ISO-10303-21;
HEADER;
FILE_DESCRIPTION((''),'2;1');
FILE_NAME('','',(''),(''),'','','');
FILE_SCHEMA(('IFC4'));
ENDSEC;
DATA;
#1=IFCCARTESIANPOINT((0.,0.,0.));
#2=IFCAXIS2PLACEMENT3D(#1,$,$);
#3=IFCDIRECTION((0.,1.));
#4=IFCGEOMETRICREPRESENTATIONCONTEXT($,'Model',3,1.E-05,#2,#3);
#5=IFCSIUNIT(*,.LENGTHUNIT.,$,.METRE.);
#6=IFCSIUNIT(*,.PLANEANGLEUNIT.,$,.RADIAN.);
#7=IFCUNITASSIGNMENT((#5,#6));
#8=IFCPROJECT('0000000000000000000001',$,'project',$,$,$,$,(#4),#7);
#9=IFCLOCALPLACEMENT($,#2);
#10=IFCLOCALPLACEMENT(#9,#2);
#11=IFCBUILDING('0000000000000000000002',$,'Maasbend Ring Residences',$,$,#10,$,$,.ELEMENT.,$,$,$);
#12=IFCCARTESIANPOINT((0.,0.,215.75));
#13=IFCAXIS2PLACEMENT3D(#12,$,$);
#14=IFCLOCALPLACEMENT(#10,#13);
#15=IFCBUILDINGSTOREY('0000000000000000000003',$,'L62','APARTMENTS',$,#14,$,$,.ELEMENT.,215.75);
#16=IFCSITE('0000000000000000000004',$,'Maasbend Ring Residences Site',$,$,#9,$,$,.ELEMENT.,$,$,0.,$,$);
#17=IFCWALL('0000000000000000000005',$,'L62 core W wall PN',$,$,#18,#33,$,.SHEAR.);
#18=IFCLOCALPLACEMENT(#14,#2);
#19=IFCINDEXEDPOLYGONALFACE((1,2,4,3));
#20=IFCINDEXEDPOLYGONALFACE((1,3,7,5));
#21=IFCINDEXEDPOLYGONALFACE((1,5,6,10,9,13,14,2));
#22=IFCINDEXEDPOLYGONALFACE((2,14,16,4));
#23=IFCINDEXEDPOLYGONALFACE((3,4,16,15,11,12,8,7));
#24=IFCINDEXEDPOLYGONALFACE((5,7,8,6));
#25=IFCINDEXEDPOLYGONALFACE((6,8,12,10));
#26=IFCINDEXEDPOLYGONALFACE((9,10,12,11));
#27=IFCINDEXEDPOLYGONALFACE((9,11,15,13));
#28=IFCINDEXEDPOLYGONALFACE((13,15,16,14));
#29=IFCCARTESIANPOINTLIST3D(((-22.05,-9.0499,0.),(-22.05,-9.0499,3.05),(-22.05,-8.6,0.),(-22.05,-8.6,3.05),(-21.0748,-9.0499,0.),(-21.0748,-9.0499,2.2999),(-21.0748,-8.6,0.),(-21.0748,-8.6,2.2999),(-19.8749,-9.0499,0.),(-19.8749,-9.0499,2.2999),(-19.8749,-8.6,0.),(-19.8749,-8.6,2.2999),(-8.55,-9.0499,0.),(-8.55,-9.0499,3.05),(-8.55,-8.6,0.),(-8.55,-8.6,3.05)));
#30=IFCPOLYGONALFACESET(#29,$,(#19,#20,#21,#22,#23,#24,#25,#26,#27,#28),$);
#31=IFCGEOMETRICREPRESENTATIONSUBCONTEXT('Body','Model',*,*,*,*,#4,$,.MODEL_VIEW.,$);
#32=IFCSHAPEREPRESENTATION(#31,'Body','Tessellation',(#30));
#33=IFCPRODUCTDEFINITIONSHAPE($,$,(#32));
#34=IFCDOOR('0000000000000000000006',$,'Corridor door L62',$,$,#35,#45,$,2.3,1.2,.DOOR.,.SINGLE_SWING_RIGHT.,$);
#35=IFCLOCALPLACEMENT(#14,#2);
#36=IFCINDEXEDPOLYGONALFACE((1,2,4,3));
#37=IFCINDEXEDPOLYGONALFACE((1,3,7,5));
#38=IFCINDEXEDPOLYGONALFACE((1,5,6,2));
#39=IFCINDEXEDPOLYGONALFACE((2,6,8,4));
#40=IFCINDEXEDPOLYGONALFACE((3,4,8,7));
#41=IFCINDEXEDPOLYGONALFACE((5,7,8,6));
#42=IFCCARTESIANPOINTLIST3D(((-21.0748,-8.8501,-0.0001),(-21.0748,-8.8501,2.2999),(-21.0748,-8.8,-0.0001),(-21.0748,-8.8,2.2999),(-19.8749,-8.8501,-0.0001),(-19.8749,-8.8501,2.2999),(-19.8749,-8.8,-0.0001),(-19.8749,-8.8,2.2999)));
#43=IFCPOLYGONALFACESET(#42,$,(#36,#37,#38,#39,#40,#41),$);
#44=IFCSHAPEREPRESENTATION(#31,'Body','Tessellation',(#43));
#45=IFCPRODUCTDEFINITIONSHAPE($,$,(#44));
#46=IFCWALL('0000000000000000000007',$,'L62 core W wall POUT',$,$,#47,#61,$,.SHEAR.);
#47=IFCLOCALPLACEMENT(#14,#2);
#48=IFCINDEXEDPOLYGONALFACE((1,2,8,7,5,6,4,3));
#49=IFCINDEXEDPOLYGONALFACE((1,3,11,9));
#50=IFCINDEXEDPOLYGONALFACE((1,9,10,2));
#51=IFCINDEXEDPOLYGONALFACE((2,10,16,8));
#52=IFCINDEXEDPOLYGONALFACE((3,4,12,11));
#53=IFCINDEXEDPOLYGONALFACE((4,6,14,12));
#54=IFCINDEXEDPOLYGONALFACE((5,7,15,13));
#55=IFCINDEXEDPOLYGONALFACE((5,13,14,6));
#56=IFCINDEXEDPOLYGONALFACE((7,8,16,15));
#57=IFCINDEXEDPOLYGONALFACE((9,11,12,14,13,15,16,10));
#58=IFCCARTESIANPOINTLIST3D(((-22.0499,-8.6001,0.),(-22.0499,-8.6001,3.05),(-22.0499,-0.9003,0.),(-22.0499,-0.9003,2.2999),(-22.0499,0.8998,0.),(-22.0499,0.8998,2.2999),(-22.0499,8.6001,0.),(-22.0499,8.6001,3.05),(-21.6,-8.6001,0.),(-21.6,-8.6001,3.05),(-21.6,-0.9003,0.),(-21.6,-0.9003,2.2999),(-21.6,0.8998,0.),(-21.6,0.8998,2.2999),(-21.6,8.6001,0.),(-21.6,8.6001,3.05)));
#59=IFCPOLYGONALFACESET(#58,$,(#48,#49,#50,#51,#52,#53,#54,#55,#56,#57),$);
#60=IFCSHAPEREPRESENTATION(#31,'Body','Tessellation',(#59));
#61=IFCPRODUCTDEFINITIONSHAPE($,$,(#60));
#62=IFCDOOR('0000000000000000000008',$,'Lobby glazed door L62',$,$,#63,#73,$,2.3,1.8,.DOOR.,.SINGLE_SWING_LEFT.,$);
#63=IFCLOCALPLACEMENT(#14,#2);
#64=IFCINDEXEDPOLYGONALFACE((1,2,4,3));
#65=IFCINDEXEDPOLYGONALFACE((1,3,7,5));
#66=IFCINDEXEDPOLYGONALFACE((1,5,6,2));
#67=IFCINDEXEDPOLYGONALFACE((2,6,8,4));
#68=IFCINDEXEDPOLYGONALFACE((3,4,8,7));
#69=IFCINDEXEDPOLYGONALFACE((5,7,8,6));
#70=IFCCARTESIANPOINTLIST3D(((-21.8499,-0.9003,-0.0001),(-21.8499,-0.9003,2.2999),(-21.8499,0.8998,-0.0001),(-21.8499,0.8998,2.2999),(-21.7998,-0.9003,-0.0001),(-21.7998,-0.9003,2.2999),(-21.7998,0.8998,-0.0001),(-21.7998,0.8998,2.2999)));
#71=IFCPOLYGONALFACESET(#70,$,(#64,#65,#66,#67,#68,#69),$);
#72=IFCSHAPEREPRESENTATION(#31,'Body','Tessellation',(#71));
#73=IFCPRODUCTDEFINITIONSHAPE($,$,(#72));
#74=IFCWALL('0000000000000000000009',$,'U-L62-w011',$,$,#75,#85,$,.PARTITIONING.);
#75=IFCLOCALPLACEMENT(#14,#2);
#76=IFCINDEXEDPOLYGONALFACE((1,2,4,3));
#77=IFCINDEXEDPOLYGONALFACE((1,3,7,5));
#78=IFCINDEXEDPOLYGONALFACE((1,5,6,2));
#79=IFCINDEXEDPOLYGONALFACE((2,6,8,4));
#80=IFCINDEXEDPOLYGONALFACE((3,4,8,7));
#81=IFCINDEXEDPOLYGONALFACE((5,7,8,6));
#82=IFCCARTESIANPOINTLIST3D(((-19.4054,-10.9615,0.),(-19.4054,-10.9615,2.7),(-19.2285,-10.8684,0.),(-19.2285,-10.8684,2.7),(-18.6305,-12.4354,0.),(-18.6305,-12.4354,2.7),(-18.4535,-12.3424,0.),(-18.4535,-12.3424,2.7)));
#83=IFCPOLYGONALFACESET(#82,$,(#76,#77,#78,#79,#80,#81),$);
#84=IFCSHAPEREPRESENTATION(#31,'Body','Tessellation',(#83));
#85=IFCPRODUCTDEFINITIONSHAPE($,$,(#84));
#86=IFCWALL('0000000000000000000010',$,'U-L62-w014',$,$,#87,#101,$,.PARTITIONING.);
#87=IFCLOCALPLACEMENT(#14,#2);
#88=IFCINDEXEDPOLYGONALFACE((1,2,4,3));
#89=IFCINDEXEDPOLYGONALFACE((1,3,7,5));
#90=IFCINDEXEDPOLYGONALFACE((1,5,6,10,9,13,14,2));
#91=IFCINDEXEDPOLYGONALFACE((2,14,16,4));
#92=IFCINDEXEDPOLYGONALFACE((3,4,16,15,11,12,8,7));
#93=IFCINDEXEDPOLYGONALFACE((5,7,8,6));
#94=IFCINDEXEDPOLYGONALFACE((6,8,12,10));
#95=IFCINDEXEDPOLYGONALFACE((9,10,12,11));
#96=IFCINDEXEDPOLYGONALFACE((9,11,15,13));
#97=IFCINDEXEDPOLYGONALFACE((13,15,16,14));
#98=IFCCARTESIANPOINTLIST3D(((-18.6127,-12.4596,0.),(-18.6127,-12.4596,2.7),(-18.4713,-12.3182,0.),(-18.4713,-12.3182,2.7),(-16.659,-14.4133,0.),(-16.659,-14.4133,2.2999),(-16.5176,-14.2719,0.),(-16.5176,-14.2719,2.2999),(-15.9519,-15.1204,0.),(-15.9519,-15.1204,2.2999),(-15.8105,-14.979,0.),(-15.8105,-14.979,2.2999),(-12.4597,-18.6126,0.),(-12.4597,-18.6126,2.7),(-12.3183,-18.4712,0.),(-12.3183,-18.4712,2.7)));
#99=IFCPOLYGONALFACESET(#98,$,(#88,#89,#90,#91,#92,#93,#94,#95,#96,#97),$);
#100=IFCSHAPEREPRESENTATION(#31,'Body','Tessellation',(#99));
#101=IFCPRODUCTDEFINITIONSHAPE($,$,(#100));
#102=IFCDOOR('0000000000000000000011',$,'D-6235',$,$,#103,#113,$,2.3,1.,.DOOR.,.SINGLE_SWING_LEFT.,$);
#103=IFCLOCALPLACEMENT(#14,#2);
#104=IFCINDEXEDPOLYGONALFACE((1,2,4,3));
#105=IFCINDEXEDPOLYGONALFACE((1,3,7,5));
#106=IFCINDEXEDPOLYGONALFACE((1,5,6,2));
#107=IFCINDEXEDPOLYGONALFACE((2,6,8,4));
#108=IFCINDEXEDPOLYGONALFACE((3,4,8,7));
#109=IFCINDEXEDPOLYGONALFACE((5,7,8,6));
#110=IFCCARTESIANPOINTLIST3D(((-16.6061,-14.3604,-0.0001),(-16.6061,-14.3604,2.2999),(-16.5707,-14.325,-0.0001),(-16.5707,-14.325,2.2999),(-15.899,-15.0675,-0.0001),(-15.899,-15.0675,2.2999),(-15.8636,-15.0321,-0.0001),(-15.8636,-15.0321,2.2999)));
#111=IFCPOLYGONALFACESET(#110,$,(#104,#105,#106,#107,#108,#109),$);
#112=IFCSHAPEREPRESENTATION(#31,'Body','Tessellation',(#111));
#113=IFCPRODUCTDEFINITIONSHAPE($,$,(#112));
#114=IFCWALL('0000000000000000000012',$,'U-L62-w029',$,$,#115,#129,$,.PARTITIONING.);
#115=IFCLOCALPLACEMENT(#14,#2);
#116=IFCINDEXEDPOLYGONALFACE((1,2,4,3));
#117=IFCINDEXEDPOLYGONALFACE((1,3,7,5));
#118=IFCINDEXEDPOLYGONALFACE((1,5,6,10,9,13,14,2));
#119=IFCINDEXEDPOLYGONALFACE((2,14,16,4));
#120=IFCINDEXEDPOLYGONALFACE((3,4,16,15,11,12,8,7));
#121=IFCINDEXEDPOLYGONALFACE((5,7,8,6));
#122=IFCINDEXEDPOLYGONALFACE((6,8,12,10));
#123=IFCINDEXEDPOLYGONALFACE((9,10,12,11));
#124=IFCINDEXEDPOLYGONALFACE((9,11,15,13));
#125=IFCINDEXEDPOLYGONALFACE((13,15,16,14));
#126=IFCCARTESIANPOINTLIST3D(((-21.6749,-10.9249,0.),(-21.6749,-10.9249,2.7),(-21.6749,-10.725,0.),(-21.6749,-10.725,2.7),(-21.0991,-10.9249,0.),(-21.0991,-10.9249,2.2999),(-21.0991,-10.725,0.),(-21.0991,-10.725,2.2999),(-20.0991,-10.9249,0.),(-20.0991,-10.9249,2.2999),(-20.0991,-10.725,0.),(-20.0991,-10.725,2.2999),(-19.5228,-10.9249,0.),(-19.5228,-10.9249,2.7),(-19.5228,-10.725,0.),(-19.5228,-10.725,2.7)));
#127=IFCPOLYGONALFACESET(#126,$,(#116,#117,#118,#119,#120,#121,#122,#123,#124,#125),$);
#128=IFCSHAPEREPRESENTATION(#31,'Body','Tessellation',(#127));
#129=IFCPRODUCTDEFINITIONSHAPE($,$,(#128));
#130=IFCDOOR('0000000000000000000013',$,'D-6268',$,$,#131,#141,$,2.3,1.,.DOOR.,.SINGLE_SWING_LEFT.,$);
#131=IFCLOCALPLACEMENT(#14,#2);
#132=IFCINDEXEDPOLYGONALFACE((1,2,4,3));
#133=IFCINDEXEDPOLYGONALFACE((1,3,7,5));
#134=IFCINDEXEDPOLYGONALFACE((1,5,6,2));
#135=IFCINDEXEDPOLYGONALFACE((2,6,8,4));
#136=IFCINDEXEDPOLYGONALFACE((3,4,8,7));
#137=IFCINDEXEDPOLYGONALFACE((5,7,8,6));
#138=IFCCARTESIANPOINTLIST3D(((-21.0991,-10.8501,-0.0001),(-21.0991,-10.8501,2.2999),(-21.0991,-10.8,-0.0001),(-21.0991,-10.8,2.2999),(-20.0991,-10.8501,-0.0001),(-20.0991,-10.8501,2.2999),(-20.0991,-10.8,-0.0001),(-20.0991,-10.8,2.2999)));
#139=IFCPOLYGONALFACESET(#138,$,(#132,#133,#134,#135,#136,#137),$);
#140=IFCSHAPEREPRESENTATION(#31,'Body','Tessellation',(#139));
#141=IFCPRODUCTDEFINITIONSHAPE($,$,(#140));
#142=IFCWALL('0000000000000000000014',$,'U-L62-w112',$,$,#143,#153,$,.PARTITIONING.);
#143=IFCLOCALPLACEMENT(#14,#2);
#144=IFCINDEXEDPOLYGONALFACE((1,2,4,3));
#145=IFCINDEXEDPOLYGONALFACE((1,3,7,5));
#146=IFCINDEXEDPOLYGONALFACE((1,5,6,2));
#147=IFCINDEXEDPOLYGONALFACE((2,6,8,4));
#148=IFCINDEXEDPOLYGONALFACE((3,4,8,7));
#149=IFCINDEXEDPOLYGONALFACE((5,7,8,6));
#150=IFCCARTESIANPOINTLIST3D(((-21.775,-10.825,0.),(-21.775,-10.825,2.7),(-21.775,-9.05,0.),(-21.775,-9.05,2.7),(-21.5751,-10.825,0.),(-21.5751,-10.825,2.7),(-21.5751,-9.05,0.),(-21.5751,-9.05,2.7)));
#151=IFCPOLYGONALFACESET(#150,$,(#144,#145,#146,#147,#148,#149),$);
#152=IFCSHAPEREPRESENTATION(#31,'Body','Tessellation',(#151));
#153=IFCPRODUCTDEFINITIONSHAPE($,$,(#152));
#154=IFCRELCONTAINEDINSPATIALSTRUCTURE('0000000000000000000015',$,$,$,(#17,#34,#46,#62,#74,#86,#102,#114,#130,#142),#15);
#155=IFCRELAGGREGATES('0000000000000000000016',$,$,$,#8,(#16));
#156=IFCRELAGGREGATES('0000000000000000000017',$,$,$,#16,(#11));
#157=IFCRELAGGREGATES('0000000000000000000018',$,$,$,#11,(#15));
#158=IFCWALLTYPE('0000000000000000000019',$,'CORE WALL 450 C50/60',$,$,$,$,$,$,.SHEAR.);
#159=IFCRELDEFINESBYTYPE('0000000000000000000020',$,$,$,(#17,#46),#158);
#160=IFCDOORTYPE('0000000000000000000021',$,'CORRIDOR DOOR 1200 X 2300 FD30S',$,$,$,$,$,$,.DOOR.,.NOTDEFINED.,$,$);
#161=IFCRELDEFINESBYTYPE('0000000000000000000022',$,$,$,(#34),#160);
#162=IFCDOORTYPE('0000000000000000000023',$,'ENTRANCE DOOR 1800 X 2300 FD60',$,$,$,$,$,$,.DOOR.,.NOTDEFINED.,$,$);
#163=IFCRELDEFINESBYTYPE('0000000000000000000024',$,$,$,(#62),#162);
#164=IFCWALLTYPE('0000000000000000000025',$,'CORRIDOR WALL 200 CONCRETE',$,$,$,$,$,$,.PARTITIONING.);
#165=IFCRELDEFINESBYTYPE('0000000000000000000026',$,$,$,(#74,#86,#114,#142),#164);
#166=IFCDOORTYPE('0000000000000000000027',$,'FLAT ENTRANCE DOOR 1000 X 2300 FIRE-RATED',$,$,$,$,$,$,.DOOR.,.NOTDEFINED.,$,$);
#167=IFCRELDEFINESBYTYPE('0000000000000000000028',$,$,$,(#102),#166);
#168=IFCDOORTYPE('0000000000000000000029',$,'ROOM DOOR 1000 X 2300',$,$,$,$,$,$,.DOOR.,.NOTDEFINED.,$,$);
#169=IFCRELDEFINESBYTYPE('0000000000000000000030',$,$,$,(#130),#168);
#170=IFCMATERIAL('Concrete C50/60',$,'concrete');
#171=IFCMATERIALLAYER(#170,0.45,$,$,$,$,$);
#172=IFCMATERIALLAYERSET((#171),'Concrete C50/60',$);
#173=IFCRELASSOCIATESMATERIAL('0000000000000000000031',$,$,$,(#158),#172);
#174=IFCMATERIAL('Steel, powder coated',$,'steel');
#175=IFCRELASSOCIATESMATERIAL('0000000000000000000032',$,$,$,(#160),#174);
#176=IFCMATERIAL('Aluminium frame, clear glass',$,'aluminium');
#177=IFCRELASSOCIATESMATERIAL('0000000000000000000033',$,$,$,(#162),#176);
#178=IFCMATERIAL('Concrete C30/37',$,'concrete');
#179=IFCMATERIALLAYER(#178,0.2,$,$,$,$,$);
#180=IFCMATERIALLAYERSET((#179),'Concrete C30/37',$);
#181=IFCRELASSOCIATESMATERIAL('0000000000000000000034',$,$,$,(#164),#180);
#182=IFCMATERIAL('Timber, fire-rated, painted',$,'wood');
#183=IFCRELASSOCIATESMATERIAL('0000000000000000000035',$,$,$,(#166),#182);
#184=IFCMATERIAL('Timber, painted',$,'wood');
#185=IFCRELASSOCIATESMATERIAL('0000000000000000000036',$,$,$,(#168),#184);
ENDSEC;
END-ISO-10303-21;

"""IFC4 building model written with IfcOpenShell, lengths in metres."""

from ifc_helpers import new_model, si_unit, direction, frame, frame_2d, origin, place, context, subcontext, project, spatial, rectangle, extrude, material, layer, layer_set, type_object, element, fill, save


model = new_model("IFC4")

# Units and contexts
model_context = context("Model", 3, precision=1e-05, world=origin(), true_north=direction((0.0, 1.0)))
body_context = subcontext(model_context, "Body", "Model", "MODEL_VIEW")
ifc_project = project(units=[si_unit("LENGTHUNIT", "METRE"), si_unit("PLANEANGLEUNIT", "RADIAN")], contexts=[model_context])

# Site, building, storey
site_placement = place(None, origin())
site = spatial("IfcSite", under=ifc_project, at=site_placement, Name="Maasbend Ring Residences Site", CompositionType="ELEMENT", RefElevation=0.0)
building_placement = place(site_placement, origin())
building = spatial("IfcBuilding", under=site, at=building_placement, Name="Maasbend Ring Residences", CompositionType="ELEMENT")
storey_placement = place(building_placement, frame((0.0, 0.0, 215.75)))
storey = spatial("IfcBuildingStorey", under=building, at=storey_placement, Name="L62", Description="APARTMENTS", CompositionType="ELEMENT", Elevation=215.75)

# Walls, openings, doors
ifc_material_1 = material(Name="Concrete C50/60", Category="concrete")
ifc_layer_1 = layer(ifc_material_1, 0.45)
ifc_layer_set_1 = layer_set([ifc_layer_1], Name="Concrete C50/60")
wall_type_1 = type_object("IfcWallType", Name="CORE WALL 450 C50/60", PredefinedType="SHEAR", material=ifc_layer_set_1)
wall_1_placement = place(storey_placement, frame((-22.05, -8.825, 0.0), z_axis=(0.0, 0.0, 1.0), x_axis=(1.0, 0.0, 0.0)))
wall_1 = element("IfcWall", 1, at=wall_1_placement, inside=storey, type_object=wall_type_1, Name="L62 core W wall PN", PredefinedType="SHEAR", context=body_context, shape_type="SweptSolid", body=[
    extrude(rectangle(XDim=13.5, YDim=0.45, at=frame_2d((6.75, 0.0))), origin(), (0.0, 0.0, 1.0), 3.05),
])
opening_1_placement = place(wall_1_placement, frame((0.9751, 0.0, 0.0)))
opening_1 = element("IfcOpeningElement", 2, at=opening_1_placement, cuts=wall_1, PredefinedType="OPENING", context=body_context, shape_type="SweptSolid", body=[
    extrude(rectangle(XDim=1.2, YDim=2.3, at=frame_2d((0.6001, 1.1499))), frame((0.0, 0.2349, 0.0), z_axis=(0.0, -1.0, 0.0), x_axis=(1.0, 0.0, 0.0)), (0.0, 0.0, 1.0), 0.47),
])
ifc_material_2 = material(Name="Steel, powder coated", Category="steel")
door_type_1 = type_object("IfcDoorType", Name="CORRIDOR DOOR 1200 X 2300 FD30S", OperationType="NOTDEFINED", PredefinedType="DOOR", material=ifc_material_2)
door_1_placement = place(opening_1_placement, origin())
door_1 = element("IfcDoor", 3, at=door_1_placement, inside=storey, type_object=door_type_1, Name="Corridor door L62", OperationType="SINGLE_SWING_RIGHT", OverallHeight=2.3, OverallWidth=1.2, PredefinedType="DOOR", context=body_context, shape_type="SweptSolid", body=[
    extrude(rectangle(XDim=1.2, YDim=2.3, at=frame_2d((0.6001, 1.1499))), frame((0.0, 0.0249, 0.0), z_axis=(0.0, -1.0, 0.0), x_axis=(1.0, 0.0, 0.0)), (0.0, 0.0, 1.0), 0.05),
])
fill(opening_1, door_1)
wall_2_placement = place(storey_placement, frame((-21.825, -8.6001, 0.0), z_axis=(0.0, 0.0, 1.0), x_axis=(0.0, 1.0, 0.0)))
wall_2 = element("IfcWall", 4, at=wall_2_placement, inside=storey, type_object=wall_type_1, Name="L62 core W wall POUT", PredefinedType="SHEAR", context=body_context, shape_type="SweptSolid", body=[
    extrude(rectangle(XDim=17.2002, YDim=0.45, at=frame_2d((8.6001, 0.0))), origin(), (0.0, 0.0, 1.0), 3.05),
])
opening_2_placement = place(wall_2_placement, frame((7.7, 0.0, 0.0)))
opening_2 = element("IfcOpeningElement", 5, at=opening_2_placement, cuts=wall_2, PredefinedType="OPENING", context=body_context, shape_type="SweptSolid", body=[
    extrude(rectangle(XDim=1.8, YDim=2.3, at=frame_2d((0.8999, 1.1499))), frame((0.0, 0.2349, 0.0), z_axis=(0.0, -1.0, 0.0), x_axis=(1.0, 0.0, 0.0)), (0.0, 0.0, 1.0), 0.47),
])
ifc_material_3 = material(Name="Aluminium frame, clear glass", Category="aluminium")
door_type_2 = type_object("IfcDoorType", Name="ENTRANCE DOOR 1800 X 2300 FD60", OperationType="NOTDEFINED", PredefinedType="DOOR", material=ifc_material_3)
door_2_placement = place(opening_2_placement, origin())
door_2 = element("IfcDoor", 6, at=door_2_placement, inside=storey, type_object=door_type_2, Name="Lobby glazed door L62", OperationType="SINGLE_SWING_LEFT", OverallHeight=2.3, OverallWidth=1.8, PredefinedType="DOOR", context=body_context, shape_type="SweptSolid", body=[
    extrude(rectangle(XDim=1.8, YDim=2.3, at=frame_2d((0.8999, 1.1499))), frame((0.0, 0.0249, 0.0), z_axis=(0.0, -1.0, 0.0), x_axis=(1.0, 0.0, 0.0)), (0.0, 0.0, 1.0), 0.05),
])
fill(opening_2, door_2)

# Wall
ifc_material_4 = material(Name="Concrete C30/37", Category="concrete")
ifc_layer_2 = layer(ifc_material_4, 0.2)
ifc_layer_set_2 = layer_set([ifc_layer_2], Name="Concrete C30/37")
wall_type_2 = type_object("IfcWallType", Name="CORRIDOR WALL 200 CONCRETE", PredefinedType="PARTITIONING", material=ifc_layer_set_2)
wall_3_placement = place(storey_placement, frame((-19.3169, -10.915, 0.0), z_axis=(0.0, 0.0, 1.0), x_axis=(0.46536, -0.885122, 0.0)))
element("IfcWall", 7, at=wall_3_placement, inside=storey, type_object=wall_type_2, Name="U-L62-w011", PredefinedType="PARTITIONING", context=body_context, shape_type="SweptSolid", body=[
    extrude(rectangle(XDim=1.6653, YDim=0.2, at=frame_2d((0.8325, 0.0))), origin(), (0.0, 0.0, 1.0), 2.7),
])

# Walls, openings, doors
wall_4_placement = place(storey_placement, frame((-18.542, -12.3889, 0.0), z_axis=(0.0, 0.0, 1.0), x_axis=(0.707107, -0.707107, 0.0)))
wall_4 = element("IfcWall", 8, at=wall_4_placement, inside=storey, type_object=wall_type_2, Name="U-L62-w014", PredefinedType="PARTITIONING", context=body_context, shape_type="SweptSolid", body=[
    extrude(rectangle(XDim=8.7017, YDim=0.2, at=frame_2d((4.3508, 0.0))), origin(), (0.0, 0.0, 1.0), 2.7),
])
opening_3_placement = place(wall_4_placement, frame((2.7629, 0.0, 0.0)))
opening_3 = element("IfcOpeningElement", 9, at=opening_3_placement, cuts=wall_4, PredefinedType="OPENING", context=body_context, shape_type="SweptSolid", body=[
    extrude(rectangle(XDim=1.0, YDim=2.3, at=frame_2d((0.5, 1.1499))), frame((0.0, 0.1099, 0.0), z_axis=(0.0, -1.0, 0.0), x_axis=(1.0, 0.0, 0.0)), (0.0, 0.0, 1.0), 0.22),
])
ifc_material_5 = material(Name="Timber, fire-rated, painted", Category="wood")
door_type_3 = type_object("IfcDoorType", Name="FLAT ENTRANCE DOOR 1000 X 2300 FIRE-RATED", OperationType="NOTDEFINED", PredefinedType="DOOR", material=ifc_material_5)
door_3_placement = place(opening_3_placement, origin())
door_3 = element("IfcDoor", 10, at=door_3_placement, inside=storey, type_object=door_type_3, Name="D-6235", OperationType="SINGLE_SWING_LEFT", OverallHeight=2.3, OverallWidth=1.0, PredefinedType="DOOR", context=body_context, shape_type="SweptSolid", body=[
    extrude(rectangle(XDim=1.0, YDim=2.3, at=frame_2d((0.5, 1.1499))), frame((0.0, 0.0249, 0.0), z_axis=(0.0, -1.0, 0.0), x_axis=(1.0, 0.0, 0.0)), (0.0, 0.0, 1.0), 0.05),
])
fill(opening_3, door_3)
wall_5_placement = place(storey_placement, frame((-21.675, -10.825, 0.0), z_axis=(0.0, 0.0, 1.0), x_axis=(1.0, 0.0, 0.0)))
wall_5 = element("IfcWall", 11, at=wall_5_placement, inside=storey, type_object=wall_type_2, Name="U-L62-w029", PredefinedType="PARTITIONING", context=body_context, shape_type="SweptSolid", body=[
    extrude(rectangle(XDim=2.1521, YDim=0.2, at=frame_2d((1.0762, 0.0))), origin(), (0.0, 0.0, 1.0), 2.7),
])
opening_4_placement = place(wall_5_placement, frame((0.5759, 0.0, 0.0)))
opening_4 = element("IfcOpeningElement", 12, at=opening_4_placement, cuts=wall_5, PredefinedType="OPENING", context=body_context, shape_type="SweptSolid", body=[
    extrude(rectangle(XDim=1.0, YDim=2.3, at=frame_2d((0.5, 1.1499))), frame((0.0, 0.1099, 0.0), z_axis=(0.0, -1.0, 0.0), x_axis=(1.0, 0.0, 0.0)), (0.0, 0.0, 1.0), 0.22),
])
ifc_material_6 = material(Name="Timber, painted", Category="wood")
door_type_4 = type_object("IfcDoorType", Name="ROOM DOOR 1000 X 2300", OperationType="NOTDEFINED", PredefinedType="DOOR", material=ifc_material_6)
door_4_placement = place(opening_4_placement, origin())
door_4 = element("IfcDoor", 13, at=door_4_placement, inside=storey, type_object=door_type_4, Name="D-6268", OperationType="SINGLE_SWING_LEFT", OverallHeight=2.3, OverallWidth=1.0, PredefinedType="DOOR", context=body_context, shape_type="SweptSolid", body=[
    extrude(rectangle(XDim=1.0, YDim=2.3, at=frame_2d((0.5, 1.1499))), frame((0.0, 0.0249, 0.0), z_axis=(0.0, -1.0, 0.0), x_axis=(1.0, 0.0, 0.0)), (0.0, 0.0, 1.0), 0.05),
])
fill(opening_4, door_4)

# Wall
wall_6_placement = place(storey_placement, frame((-21.675, -10.825, 0.0), z_axis=(0.0, 0.0, 1.0), x_axis=(0.0, 1.0, 0.0)))
element("IfcWall", 14, at=wall_6_placement, inside=storey, type_object=wall_type_2, Name="U-L62-w112", PredefinedType="PARTITIONING", context=body_context, shape_type="SweptSolid", body=[
    extrude(rectangle(XDim=1.7749, YDim=0.2, at=frame_2d((0.8875, 0.0))), origin(), (0.0, 0.0, 1.0), 2.7),
])

save(model, "model.ifc")
